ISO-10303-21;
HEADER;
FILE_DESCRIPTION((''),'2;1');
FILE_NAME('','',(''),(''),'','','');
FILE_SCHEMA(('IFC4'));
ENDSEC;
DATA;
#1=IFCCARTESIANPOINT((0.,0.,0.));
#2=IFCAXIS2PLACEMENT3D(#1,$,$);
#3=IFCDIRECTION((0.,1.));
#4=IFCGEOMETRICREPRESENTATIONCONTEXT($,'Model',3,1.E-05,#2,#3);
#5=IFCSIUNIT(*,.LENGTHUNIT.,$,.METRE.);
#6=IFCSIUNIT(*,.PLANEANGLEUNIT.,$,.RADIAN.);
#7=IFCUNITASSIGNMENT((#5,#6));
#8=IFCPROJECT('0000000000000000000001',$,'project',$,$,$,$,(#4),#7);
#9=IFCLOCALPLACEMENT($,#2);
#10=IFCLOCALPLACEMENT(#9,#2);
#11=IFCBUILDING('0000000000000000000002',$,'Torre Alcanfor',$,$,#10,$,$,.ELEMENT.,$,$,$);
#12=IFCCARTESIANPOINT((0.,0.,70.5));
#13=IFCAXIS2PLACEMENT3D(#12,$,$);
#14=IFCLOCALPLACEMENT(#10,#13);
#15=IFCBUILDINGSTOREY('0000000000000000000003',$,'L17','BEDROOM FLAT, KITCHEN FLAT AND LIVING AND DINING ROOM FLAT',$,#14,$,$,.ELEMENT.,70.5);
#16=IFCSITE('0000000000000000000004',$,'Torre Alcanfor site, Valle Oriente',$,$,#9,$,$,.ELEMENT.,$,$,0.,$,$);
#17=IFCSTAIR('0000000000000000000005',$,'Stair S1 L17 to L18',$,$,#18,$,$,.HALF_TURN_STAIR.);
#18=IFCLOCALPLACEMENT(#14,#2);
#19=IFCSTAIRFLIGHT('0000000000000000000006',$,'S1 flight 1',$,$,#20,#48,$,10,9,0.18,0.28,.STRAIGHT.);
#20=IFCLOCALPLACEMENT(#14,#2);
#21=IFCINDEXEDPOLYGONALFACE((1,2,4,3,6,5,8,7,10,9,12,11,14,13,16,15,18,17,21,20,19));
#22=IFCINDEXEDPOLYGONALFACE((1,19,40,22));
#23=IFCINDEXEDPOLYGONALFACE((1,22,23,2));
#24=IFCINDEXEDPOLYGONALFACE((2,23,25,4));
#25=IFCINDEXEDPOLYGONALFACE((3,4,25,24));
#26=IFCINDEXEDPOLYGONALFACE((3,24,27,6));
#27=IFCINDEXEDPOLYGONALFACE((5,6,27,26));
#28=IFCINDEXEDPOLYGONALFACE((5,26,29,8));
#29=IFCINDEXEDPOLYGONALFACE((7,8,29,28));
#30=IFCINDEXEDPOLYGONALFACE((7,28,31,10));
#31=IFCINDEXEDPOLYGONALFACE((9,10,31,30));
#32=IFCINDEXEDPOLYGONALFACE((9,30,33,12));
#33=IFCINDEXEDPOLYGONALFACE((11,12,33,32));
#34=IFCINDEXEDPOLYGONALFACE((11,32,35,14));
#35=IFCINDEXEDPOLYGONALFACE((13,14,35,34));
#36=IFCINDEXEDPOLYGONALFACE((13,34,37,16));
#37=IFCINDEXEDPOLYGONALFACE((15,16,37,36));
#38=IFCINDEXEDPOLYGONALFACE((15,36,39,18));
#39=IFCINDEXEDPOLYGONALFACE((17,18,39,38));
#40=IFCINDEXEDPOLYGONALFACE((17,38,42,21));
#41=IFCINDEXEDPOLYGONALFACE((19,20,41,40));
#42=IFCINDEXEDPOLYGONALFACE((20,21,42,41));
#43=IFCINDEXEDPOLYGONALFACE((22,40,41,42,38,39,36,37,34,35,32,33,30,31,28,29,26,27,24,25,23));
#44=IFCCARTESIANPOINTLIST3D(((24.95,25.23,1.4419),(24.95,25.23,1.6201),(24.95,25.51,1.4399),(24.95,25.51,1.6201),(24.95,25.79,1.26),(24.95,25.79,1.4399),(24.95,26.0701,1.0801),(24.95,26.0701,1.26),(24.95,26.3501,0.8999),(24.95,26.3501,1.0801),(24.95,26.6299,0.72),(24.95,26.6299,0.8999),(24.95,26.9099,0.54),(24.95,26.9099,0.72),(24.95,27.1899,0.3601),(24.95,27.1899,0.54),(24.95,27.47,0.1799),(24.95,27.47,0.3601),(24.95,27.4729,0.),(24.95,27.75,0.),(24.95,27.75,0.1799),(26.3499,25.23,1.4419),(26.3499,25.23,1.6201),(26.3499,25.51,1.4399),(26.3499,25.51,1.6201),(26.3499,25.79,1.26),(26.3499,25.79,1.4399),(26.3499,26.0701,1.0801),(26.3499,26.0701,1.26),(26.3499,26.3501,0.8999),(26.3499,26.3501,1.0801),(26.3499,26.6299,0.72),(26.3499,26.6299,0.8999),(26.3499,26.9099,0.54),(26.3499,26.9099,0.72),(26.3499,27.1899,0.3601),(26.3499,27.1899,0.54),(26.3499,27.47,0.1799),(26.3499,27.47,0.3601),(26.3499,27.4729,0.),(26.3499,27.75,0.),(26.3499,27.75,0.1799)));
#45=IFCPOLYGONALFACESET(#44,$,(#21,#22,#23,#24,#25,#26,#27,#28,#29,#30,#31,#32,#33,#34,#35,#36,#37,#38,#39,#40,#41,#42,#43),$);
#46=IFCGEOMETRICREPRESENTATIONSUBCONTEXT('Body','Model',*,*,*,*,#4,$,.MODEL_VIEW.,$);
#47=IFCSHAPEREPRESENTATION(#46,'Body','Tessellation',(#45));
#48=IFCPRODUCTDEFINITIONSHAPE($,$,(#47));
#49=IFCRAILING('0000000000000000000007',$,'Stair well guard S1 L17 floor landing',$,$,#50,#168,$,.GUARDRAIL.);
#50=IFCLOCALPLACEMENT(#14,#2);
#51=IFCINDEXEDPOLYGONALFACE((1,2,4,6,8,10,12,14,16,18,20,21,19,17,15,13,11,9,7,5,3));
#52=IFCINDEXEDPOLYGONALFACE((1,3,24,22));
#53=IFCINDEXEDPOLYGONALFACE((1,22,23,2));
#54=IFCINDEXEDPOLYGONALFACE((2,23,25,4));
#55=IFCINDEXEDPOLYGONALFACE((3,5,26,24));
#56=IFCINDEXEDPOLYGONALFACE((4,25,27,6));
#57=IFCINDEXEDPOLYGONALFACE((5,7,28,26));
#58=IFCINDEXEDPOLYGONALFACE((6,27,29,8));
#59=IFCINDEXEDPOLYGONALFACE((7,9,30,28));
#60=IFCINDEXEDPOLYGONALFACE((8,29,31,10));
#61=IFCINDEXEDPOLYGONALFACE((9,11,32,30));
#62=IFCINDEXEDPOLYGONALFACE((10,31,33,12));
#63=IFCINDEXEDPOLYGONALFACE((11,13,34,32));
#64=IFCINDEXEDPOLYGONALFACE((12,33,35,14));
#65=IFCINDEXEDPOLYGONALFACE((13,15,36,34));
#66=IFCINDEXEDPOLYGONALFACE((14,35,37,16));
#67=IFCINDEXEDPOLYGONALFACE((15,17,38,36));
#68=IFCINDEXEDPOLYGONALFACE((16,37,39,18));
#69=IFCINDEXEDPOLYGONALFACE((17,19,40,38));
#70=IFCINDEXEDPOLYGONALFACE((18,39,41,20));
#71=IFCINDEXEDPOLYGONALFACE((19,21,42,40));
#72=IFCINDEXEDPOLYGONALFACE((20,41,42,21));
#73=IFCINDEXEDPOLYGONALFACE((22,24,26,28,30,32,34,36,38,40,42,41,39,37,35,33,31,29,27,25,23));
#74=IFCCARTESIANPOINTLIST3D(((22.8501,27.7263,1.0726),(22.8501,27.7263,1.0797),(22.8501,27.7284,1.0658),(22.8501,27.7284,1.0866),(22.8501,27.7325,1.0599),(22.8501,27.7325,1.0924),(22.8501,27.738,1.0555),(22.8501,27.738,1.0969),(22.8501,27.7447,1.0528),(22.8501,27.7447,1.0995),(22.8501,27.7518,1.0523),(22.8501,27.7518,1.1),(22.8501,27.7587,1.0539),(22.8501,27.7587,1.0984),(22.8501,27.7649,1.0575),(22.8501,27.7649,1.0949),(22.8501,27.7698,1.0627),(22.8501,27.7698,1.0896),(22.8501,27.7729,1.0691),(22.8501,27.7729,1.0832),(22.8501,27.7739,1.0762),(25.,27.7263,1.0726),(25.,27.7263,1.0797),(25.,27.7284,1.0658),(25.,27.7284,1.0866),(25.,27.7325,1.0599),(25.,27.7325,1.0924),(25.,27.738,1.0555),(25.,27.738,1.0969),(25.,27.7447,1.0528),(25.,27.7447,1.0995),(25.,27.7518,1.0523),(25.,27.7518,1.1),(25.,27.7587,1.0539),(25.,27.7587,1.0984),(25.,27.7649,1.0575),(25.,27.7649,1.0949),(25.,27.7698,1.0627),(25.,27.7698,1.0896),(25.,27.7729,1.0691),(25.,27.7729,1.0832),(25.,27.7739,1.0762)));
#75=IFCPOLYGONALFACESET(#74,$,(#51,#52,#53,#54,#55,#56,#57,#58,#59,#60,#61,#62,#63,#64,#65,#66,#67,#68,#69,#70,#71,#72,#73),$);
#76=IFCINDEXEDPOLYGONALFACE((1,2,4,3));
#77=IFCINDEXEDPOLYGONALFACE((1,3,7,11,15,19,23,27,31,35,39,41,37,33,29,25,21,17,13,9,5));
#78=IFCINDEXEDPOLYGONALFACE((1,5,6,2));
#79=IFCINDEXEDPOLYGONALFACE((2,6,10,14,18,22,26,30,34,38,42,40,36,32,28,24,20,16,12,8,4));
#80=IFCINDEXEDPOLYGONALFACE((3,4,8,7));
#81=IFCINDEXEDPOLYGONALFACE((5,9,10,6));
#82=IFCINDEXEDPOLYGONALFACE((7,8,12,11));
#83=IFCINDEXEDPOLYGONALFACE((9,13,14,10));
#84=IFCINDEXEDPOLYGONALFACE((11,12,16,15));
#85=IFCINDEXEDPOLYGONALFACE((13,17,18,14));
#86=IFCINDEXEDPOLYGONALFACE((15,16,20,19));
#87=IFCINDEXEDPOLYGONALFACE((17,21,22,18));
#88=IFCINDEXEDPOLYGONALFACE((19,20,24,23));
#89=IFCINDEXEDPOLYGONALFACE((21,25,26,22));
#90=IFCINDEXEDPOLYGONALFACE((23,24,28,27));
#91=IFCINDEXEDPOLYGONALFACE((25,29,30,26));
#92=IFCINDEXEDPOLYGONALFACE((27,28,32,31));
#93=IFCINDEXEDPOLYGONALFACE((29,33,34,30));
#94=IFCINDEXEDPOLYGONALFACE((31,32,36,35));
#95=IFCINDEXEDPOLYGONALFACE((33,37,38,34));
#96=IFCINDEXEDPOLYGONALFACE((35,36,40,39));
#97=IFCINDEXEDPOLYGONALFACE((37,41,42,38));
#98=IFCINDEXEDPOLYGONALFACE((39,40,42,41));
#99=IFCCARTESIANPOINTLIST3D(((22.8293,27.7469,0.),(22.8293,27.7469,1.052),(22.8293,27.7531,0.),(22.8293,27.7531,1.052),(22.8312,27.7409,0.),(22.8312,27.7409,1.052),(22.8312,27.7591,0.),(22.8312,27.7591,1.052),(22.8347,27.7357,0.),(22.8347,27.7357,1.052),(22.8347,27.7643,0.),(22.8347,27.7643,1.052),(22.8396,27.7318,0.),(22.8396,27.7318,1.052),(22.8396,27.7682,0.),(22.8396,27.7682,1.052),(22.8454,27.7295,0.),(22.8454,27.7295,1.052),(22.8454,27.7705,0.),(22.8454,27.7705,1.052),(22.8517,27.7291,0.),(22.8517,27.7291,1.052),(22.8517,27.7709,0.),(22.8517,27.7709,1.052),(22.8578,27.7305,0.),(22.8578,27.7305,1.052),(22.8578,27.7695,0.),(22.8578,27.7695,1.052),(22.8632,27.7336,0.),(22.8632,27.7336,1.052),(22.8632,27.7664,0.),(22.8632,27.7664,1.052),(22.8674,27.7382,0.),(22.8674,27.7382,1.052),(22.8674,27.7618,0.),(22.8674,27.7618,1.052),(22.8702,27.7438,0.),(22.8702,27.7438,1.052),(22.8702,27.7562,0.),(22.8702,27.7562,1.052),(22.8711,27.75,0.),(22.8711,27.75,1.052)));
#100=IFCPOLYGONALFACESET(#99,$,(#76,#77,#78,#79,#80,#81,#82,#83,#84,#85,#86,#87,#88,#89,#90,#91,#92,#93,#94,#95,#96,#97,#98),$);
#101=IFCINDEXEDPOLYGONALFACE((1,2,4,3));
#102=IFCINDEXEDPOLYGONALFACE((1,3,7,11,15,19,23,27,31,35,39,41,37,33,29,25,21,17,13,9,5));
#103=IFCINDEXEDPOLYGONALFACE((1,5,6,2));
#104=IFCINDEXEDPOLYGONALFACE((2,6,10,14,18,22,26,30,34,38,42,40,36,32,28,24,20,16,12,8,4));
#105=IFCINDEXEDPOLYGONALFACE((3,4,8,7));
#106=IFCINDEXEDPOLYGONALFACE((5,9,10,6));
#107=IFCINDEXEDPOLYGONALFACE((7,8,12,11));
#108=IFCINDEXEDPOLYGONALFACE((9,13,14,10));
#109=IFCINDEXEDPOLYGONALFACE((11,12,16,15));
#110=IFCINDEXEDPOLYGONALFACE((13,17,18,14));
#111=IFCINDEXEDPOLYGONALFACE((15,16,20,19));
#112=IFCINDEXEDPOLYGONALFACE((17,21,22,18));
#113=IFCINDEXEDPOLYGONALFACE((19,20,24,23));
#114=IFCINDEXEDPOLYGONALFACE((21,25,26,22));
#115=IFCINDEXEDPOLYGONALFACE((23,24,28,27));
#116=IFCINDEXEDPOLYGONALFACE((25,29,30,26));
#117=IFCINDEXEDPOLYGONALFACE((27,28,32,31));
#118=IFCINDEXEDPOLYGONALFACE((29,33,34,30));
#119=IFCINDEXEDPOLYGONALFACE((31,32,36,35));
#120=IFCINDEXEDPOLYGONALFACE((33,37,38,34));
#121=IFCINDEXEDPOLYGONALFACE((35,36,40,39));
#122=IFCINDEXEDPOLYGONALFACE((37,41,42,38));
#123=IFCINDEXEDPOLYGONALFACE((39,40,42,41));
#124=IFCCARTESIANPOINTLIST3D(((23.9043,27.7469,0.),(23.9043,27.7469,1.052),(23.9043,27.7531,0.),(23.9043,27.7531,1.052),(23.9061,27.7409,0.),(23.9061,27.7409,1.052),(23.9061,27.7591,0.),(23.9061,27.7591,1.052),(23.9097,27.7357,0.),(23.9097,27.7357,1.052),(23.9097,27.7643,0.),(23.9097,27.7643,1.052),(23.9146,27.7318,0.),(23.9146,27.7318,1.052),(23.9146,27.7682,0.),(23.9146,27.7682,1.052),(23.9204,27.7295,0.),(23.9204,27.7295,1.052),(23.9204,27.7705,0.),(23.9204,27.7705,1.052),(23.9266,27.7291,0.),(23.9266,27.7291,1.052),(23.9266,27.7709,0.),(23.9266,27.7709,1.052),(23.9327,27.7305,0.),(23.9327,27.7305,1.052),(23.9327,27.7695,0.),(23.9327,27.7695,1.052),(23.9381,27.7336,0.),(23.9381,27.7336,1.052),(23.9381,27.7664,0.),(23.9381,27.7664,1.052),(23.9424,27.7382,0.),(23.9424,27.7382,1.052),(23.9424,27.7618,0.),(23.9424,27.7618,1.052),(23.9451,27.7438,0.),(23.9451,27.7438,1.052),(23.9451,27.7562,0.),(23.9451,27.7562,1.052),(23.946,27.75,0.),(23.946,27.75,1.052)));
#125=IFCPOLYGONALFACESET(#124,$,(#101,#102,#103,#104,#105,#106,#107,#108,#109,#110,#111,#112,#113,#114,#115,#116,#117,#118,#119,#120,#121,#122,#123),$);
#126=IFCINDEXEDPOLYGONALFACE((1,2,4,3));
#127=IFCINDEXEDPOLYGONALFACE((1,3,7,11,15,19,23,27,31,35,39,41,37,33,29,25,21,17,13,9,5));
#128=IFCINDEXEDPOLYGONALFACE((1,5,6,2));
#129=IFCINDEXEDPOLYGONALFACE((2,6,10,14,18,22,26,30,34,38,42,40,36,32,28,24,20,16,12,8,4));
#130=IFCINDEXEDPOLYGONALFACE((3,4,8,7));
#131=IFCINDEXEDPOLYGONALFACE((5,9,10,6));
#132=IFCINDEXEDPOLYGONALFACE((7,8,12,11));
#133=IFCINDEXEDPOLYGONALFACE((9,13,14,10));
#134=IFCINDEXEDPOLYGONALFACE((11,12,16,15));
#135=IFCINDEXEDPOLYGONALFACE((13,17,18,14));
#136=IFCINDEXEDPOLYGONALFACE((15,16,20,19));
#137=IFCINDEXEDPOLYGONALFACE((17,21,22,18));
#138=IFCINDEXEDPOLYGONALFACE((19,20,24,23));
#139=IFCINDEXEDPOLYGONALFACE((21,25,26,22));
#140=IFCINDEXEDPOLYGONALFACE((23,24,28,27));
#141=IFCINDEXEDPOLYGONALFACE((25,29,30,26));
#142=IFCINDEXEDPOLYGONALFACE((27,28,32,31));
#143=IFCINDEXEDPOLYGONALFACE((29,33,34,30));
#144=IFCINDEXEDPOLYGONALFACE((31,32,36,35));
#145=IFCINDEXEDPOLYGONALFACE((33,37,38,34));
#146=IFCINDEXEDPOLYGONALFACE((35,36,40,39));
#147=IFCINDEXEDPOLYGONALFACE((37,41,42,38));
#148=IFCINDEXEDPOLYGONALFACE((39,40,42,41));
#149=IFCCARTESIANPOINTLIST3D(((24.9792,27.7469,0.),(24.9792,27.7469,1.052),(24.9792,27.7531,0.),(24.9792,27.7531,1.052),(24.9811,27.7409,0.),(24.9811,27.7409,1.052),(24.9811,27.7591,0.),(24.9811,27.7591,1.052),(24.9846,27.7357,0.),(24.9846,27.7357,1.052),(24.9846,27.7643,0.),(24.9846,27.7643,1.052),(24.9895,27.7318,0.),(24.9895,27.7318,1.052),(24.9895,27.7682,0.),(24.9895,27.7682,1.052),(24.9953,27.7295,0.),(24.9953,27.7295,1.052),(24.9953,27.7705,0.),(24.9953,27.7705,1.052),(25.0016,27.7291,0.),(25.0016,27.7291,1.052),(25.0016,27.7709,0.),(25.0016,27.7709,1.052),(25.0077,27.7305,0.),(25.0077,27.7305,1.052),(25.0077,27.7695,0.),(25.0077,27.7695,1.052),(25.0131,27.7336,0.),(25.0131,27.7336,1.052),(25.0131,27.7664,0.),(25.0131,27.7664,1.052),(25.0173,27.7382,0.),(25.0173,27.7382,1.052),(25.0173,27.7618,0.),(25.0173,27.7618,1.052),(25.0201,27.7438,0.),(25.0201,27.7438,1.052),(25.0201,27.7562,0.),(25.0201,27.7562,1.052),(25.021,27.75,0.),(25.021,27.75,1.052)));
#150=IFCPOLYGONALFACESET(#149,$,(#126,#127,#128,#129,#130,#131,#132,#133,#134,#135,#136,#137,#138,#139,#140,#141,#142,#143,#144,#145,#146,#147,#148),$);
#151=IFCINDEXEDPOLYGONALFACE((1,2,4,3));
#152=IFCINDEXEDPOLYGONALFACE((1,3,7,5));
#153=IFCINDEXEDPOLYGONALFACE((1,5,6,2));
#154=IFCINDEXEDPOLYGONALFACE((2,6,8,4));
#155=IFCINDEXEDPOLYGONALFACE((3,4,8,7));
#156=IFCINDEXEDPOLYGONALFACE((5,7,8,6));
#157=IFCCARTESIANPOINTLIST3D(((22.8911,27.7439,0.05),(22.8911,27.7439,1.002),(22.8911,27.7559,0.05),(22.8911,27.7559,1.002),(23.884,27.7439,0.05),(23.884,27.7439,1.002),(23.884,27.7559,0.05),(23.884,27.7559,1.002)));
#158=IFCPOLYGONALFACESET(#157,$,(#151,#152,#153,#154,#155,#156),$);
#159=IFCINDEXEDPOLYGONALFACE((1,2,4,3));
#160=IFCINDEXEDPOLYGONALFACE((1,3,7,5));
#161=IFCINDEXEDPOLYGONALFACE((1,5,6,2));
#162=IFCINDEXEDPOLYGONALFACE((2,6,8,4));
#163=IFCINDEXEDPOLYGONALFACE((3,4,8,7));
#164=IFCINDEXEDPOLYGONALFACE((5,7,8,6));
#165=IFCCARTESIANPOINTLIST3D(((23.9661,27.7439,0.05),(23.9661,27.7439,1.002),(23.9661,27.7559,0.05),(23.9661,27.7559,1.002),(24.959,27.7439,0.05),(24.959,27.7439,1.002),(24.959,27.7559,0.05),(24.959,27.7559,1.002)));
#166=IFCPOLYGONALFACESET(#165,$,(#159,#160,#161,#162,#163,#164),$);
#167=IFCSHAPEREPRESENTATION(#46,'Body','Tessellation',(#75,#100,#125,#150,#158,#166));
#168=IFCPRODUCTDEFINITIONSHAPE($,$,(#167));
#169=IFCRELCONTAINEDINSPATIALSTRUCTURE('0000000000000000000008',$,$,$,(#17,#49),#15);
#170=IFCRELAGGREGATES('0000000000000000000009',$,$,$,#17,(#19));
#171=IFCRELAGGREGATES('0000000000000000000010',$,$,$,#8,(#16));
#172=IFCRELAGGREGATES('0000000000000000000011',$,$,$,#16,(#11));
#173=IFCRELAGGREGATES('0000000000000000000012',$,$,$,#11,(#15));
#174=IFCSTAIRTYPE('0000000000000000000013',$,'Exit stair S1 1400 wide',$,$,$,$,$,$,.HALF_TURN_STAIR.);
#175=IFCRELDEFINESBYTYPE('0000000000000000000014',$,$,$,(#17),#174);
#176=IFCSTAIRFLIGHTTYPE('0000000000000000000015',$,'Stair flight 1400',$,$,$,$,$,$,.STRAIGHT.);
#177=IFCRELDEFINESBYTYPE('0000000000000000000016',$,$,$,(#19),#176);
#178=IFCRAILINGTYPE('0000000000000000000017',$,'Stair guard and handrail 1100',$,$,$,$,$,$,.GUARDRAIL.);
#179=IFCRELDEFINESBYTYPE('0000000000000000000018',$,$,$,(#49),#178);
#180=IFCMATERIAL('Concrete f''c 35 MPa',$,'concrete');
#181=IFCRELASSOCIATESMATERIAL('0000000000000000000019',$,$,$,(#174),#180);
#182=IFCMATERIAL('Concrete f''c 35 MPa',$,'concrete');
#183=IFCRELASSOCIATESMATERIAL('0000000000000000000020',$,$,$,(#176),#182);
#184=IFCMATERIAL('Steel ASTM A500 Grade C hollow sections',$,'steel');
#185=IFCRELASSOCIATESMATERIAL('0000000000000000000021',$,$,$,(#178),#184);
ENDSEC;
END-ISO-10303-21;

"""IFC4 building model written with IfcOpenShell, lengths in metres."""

from ifc_helpers import new_model, si_unit, direction, frame, origin, origin_2d, place, context, subcontext, project, spatial, polyline, circle, outline, extrude, material, type_object, element, aggregate, save


model = new_model("IFC4")

# Units and contexts
model_context = context("Model", 3, precision=1e-05, world=origin(), true_north=direction((0.0, 1.0)))
body_context = subcontext(model_context, "Body", "Model", "MODEL_VIEW")
ifc_project = project(units=[si_unit("LENGTHUNIT", "METRE"), si_unit("PLANEANGLEUNIT", "RADIAN")], contexts=[model_context])

# Site, building, storey
site_placement = place(None, origin())
site = spatial("IfcSite", under=ifc_project, at=site_placement, Name="Torre Alcanfor site, Valle Oriente", CompositionType="ELEMENT", RefElevation=0.0)
building_placement = place(site_placement, origin())
building = spatial("IfcBuilding", under=site, at=building_placement, Name="Torre Alcanfor", CompositionType="ELEMENT")
storey_placement = place(building_placement, frame((0.0, 0.0, 70.5)))
storey = spatial("IfcBuildingStorey", under=building, at=storey_placement, Name="L17", Description="BEDROOM FLAT, KITCHEN FLAT AND LIVING AND DINING ROOM FLAT", CompositionType="ELEMENT", Elevation=70.5)

# Stair, stair flight
ifc_material_1 = material(Name="Concrete f'c 35 MPa", Category="concrete")
stair_type = type_object("IfcStairType", Name="Exit stair S1 1400 wide", PredefinedType="HALF_TURN_STAIR", material=ifc_material_1)
stair_placement = place(storey_placement, origin())
stair = element("IfcStair", 1, at=stair_placement, inside=storey, type_object=stair_type, Name="Stair S1 L17 to L18", PredefinedType="HALF_TURN_STAIR")
ifc_material_2 = material(Name="Concrete f'c 35 MPa", Category="concrete")
stair_flight_type = type_object("IfcStairFlightType", Name="Stair flight 1400", PredefinedType="STRAIGHT", material=ifc_material_2)
stair_flight_placement = place(storey_placement, frame((25.6499, 27.75, 0.0), z_axis=(0.0, 0.0, 1.0), x_axis=(0.0, -1.0, 0.0)))
stair_flight = element("IfcStairFlight", 2, at=stair_flight_placement, type_object=stair_flight_type, Name="S1 flight 1", NumberOfRisers=10, NumberOfTreads=9, PredefinedType="STRAIGHT", RiserHeight=0.18, TreadLength=0.28, context=body_context, shape_type="SweptSolid", body=[
    extrude(outline(polyline([(0.0, 0.0), (0.0, 0.1799), (0.28, 0.1799), (0.28, 0.3601), (0.5601, 0.3601), (0.5601, 0.54), (0.8401, 0.54), (0.8401, 0.72), (1.1201, 0.72), (1.1201, 0.8999), (1.3999, 0.8999), (1.3999, 1.0801), (1.6799, 1.0801), (1.6799, 1.26), (1.96, 1.26), (1.96, 1.4399), (2.24, 1.4399), (2.24, 1.6201), (2.52, 1.6201), (2.52, 1.8), (2.52, 1.4419), (0.2771, 0.0), (0.0, 0.0)])), frame((0.0, 0.7, 0.0), z_axis=(0.0, -1.0, 0.0), x_axis=(1.0, 0.0, 0.0)), (0.0, 0.0, 1.0), 1.3999),
])
aggregate(stair, [stair_flight])

# Railing
ifc_material_3 = material(Name="Steel ASTM A500 Grade C hollow sections", Category="steel")
railing_type_1 = type_object("IfcRailingType", Name="Stair guard and handrail 1100", PredefinedType="GUARDRAIL", material=ifc_material_3)
railing_1_placement = place(storey_placement, frame((22.8501, 27.75, 0.0)))
element("IfcRailing", 3, at=railing_1_placement, inside=storey, type_object=railing_type_1, Name="Stair well guard S1 L17 floor landing", PredefinedType="GUARDRAIL", context=body_context, shape_type="SweptSolid", body=[
    extrude(circle(Radius=0.0239, at=origin_2d()), frame((0.0, 0.0, 1.0762), z_axis=(1.0, 0.0, 0.0), x_axis=(0.0, 1.0, 0.0)), (0.0, 0.0, 1.0), 2.1499),
    extrude(circle(Radius=0.021, at=origin_2d()), origin(), (0.0, 0.0, 1.0), 1.052),
    extrude(circle(Radius=0.021, at=origin_2d()), frame((1.075, 0.0, 0.0)), (0.0, 0.0, 1.0), 1.052),
    extrude(circle(Radius=0.021, at=origin_2d()), frame((2.1499, 0.0, 0.0)), (0.0, 0.0, 1.0), 1.052),
    extrude(outline(polyline([(0.041, 0.05), (1.0339, 0.05), (1.0339, 1.002), (0.041, 1.002), (0.041, 0.05)])), frame((0.0, 0.0059, 0.0), z_axis=(0.0, -1.0, 0.0), x_axis=(1.0, 0.0, 0.0)), (0.0, 0.0, 1.0), 0.012),
    extrude(outline(polyline([(1.116, 0.05), (2.1089, 0.05), (2.1089, 1.002), (1.116, 1.002), (1.116, 0.05)])), frame((0.0, 0.0059, 0.0), z_axis=(0.0, -1.0, 0.0), x_axis=(1.0, 0.0, 0.0)), (0.0, 0.0, 1.0), 0.012),
])

save(model, "model.ifc")
